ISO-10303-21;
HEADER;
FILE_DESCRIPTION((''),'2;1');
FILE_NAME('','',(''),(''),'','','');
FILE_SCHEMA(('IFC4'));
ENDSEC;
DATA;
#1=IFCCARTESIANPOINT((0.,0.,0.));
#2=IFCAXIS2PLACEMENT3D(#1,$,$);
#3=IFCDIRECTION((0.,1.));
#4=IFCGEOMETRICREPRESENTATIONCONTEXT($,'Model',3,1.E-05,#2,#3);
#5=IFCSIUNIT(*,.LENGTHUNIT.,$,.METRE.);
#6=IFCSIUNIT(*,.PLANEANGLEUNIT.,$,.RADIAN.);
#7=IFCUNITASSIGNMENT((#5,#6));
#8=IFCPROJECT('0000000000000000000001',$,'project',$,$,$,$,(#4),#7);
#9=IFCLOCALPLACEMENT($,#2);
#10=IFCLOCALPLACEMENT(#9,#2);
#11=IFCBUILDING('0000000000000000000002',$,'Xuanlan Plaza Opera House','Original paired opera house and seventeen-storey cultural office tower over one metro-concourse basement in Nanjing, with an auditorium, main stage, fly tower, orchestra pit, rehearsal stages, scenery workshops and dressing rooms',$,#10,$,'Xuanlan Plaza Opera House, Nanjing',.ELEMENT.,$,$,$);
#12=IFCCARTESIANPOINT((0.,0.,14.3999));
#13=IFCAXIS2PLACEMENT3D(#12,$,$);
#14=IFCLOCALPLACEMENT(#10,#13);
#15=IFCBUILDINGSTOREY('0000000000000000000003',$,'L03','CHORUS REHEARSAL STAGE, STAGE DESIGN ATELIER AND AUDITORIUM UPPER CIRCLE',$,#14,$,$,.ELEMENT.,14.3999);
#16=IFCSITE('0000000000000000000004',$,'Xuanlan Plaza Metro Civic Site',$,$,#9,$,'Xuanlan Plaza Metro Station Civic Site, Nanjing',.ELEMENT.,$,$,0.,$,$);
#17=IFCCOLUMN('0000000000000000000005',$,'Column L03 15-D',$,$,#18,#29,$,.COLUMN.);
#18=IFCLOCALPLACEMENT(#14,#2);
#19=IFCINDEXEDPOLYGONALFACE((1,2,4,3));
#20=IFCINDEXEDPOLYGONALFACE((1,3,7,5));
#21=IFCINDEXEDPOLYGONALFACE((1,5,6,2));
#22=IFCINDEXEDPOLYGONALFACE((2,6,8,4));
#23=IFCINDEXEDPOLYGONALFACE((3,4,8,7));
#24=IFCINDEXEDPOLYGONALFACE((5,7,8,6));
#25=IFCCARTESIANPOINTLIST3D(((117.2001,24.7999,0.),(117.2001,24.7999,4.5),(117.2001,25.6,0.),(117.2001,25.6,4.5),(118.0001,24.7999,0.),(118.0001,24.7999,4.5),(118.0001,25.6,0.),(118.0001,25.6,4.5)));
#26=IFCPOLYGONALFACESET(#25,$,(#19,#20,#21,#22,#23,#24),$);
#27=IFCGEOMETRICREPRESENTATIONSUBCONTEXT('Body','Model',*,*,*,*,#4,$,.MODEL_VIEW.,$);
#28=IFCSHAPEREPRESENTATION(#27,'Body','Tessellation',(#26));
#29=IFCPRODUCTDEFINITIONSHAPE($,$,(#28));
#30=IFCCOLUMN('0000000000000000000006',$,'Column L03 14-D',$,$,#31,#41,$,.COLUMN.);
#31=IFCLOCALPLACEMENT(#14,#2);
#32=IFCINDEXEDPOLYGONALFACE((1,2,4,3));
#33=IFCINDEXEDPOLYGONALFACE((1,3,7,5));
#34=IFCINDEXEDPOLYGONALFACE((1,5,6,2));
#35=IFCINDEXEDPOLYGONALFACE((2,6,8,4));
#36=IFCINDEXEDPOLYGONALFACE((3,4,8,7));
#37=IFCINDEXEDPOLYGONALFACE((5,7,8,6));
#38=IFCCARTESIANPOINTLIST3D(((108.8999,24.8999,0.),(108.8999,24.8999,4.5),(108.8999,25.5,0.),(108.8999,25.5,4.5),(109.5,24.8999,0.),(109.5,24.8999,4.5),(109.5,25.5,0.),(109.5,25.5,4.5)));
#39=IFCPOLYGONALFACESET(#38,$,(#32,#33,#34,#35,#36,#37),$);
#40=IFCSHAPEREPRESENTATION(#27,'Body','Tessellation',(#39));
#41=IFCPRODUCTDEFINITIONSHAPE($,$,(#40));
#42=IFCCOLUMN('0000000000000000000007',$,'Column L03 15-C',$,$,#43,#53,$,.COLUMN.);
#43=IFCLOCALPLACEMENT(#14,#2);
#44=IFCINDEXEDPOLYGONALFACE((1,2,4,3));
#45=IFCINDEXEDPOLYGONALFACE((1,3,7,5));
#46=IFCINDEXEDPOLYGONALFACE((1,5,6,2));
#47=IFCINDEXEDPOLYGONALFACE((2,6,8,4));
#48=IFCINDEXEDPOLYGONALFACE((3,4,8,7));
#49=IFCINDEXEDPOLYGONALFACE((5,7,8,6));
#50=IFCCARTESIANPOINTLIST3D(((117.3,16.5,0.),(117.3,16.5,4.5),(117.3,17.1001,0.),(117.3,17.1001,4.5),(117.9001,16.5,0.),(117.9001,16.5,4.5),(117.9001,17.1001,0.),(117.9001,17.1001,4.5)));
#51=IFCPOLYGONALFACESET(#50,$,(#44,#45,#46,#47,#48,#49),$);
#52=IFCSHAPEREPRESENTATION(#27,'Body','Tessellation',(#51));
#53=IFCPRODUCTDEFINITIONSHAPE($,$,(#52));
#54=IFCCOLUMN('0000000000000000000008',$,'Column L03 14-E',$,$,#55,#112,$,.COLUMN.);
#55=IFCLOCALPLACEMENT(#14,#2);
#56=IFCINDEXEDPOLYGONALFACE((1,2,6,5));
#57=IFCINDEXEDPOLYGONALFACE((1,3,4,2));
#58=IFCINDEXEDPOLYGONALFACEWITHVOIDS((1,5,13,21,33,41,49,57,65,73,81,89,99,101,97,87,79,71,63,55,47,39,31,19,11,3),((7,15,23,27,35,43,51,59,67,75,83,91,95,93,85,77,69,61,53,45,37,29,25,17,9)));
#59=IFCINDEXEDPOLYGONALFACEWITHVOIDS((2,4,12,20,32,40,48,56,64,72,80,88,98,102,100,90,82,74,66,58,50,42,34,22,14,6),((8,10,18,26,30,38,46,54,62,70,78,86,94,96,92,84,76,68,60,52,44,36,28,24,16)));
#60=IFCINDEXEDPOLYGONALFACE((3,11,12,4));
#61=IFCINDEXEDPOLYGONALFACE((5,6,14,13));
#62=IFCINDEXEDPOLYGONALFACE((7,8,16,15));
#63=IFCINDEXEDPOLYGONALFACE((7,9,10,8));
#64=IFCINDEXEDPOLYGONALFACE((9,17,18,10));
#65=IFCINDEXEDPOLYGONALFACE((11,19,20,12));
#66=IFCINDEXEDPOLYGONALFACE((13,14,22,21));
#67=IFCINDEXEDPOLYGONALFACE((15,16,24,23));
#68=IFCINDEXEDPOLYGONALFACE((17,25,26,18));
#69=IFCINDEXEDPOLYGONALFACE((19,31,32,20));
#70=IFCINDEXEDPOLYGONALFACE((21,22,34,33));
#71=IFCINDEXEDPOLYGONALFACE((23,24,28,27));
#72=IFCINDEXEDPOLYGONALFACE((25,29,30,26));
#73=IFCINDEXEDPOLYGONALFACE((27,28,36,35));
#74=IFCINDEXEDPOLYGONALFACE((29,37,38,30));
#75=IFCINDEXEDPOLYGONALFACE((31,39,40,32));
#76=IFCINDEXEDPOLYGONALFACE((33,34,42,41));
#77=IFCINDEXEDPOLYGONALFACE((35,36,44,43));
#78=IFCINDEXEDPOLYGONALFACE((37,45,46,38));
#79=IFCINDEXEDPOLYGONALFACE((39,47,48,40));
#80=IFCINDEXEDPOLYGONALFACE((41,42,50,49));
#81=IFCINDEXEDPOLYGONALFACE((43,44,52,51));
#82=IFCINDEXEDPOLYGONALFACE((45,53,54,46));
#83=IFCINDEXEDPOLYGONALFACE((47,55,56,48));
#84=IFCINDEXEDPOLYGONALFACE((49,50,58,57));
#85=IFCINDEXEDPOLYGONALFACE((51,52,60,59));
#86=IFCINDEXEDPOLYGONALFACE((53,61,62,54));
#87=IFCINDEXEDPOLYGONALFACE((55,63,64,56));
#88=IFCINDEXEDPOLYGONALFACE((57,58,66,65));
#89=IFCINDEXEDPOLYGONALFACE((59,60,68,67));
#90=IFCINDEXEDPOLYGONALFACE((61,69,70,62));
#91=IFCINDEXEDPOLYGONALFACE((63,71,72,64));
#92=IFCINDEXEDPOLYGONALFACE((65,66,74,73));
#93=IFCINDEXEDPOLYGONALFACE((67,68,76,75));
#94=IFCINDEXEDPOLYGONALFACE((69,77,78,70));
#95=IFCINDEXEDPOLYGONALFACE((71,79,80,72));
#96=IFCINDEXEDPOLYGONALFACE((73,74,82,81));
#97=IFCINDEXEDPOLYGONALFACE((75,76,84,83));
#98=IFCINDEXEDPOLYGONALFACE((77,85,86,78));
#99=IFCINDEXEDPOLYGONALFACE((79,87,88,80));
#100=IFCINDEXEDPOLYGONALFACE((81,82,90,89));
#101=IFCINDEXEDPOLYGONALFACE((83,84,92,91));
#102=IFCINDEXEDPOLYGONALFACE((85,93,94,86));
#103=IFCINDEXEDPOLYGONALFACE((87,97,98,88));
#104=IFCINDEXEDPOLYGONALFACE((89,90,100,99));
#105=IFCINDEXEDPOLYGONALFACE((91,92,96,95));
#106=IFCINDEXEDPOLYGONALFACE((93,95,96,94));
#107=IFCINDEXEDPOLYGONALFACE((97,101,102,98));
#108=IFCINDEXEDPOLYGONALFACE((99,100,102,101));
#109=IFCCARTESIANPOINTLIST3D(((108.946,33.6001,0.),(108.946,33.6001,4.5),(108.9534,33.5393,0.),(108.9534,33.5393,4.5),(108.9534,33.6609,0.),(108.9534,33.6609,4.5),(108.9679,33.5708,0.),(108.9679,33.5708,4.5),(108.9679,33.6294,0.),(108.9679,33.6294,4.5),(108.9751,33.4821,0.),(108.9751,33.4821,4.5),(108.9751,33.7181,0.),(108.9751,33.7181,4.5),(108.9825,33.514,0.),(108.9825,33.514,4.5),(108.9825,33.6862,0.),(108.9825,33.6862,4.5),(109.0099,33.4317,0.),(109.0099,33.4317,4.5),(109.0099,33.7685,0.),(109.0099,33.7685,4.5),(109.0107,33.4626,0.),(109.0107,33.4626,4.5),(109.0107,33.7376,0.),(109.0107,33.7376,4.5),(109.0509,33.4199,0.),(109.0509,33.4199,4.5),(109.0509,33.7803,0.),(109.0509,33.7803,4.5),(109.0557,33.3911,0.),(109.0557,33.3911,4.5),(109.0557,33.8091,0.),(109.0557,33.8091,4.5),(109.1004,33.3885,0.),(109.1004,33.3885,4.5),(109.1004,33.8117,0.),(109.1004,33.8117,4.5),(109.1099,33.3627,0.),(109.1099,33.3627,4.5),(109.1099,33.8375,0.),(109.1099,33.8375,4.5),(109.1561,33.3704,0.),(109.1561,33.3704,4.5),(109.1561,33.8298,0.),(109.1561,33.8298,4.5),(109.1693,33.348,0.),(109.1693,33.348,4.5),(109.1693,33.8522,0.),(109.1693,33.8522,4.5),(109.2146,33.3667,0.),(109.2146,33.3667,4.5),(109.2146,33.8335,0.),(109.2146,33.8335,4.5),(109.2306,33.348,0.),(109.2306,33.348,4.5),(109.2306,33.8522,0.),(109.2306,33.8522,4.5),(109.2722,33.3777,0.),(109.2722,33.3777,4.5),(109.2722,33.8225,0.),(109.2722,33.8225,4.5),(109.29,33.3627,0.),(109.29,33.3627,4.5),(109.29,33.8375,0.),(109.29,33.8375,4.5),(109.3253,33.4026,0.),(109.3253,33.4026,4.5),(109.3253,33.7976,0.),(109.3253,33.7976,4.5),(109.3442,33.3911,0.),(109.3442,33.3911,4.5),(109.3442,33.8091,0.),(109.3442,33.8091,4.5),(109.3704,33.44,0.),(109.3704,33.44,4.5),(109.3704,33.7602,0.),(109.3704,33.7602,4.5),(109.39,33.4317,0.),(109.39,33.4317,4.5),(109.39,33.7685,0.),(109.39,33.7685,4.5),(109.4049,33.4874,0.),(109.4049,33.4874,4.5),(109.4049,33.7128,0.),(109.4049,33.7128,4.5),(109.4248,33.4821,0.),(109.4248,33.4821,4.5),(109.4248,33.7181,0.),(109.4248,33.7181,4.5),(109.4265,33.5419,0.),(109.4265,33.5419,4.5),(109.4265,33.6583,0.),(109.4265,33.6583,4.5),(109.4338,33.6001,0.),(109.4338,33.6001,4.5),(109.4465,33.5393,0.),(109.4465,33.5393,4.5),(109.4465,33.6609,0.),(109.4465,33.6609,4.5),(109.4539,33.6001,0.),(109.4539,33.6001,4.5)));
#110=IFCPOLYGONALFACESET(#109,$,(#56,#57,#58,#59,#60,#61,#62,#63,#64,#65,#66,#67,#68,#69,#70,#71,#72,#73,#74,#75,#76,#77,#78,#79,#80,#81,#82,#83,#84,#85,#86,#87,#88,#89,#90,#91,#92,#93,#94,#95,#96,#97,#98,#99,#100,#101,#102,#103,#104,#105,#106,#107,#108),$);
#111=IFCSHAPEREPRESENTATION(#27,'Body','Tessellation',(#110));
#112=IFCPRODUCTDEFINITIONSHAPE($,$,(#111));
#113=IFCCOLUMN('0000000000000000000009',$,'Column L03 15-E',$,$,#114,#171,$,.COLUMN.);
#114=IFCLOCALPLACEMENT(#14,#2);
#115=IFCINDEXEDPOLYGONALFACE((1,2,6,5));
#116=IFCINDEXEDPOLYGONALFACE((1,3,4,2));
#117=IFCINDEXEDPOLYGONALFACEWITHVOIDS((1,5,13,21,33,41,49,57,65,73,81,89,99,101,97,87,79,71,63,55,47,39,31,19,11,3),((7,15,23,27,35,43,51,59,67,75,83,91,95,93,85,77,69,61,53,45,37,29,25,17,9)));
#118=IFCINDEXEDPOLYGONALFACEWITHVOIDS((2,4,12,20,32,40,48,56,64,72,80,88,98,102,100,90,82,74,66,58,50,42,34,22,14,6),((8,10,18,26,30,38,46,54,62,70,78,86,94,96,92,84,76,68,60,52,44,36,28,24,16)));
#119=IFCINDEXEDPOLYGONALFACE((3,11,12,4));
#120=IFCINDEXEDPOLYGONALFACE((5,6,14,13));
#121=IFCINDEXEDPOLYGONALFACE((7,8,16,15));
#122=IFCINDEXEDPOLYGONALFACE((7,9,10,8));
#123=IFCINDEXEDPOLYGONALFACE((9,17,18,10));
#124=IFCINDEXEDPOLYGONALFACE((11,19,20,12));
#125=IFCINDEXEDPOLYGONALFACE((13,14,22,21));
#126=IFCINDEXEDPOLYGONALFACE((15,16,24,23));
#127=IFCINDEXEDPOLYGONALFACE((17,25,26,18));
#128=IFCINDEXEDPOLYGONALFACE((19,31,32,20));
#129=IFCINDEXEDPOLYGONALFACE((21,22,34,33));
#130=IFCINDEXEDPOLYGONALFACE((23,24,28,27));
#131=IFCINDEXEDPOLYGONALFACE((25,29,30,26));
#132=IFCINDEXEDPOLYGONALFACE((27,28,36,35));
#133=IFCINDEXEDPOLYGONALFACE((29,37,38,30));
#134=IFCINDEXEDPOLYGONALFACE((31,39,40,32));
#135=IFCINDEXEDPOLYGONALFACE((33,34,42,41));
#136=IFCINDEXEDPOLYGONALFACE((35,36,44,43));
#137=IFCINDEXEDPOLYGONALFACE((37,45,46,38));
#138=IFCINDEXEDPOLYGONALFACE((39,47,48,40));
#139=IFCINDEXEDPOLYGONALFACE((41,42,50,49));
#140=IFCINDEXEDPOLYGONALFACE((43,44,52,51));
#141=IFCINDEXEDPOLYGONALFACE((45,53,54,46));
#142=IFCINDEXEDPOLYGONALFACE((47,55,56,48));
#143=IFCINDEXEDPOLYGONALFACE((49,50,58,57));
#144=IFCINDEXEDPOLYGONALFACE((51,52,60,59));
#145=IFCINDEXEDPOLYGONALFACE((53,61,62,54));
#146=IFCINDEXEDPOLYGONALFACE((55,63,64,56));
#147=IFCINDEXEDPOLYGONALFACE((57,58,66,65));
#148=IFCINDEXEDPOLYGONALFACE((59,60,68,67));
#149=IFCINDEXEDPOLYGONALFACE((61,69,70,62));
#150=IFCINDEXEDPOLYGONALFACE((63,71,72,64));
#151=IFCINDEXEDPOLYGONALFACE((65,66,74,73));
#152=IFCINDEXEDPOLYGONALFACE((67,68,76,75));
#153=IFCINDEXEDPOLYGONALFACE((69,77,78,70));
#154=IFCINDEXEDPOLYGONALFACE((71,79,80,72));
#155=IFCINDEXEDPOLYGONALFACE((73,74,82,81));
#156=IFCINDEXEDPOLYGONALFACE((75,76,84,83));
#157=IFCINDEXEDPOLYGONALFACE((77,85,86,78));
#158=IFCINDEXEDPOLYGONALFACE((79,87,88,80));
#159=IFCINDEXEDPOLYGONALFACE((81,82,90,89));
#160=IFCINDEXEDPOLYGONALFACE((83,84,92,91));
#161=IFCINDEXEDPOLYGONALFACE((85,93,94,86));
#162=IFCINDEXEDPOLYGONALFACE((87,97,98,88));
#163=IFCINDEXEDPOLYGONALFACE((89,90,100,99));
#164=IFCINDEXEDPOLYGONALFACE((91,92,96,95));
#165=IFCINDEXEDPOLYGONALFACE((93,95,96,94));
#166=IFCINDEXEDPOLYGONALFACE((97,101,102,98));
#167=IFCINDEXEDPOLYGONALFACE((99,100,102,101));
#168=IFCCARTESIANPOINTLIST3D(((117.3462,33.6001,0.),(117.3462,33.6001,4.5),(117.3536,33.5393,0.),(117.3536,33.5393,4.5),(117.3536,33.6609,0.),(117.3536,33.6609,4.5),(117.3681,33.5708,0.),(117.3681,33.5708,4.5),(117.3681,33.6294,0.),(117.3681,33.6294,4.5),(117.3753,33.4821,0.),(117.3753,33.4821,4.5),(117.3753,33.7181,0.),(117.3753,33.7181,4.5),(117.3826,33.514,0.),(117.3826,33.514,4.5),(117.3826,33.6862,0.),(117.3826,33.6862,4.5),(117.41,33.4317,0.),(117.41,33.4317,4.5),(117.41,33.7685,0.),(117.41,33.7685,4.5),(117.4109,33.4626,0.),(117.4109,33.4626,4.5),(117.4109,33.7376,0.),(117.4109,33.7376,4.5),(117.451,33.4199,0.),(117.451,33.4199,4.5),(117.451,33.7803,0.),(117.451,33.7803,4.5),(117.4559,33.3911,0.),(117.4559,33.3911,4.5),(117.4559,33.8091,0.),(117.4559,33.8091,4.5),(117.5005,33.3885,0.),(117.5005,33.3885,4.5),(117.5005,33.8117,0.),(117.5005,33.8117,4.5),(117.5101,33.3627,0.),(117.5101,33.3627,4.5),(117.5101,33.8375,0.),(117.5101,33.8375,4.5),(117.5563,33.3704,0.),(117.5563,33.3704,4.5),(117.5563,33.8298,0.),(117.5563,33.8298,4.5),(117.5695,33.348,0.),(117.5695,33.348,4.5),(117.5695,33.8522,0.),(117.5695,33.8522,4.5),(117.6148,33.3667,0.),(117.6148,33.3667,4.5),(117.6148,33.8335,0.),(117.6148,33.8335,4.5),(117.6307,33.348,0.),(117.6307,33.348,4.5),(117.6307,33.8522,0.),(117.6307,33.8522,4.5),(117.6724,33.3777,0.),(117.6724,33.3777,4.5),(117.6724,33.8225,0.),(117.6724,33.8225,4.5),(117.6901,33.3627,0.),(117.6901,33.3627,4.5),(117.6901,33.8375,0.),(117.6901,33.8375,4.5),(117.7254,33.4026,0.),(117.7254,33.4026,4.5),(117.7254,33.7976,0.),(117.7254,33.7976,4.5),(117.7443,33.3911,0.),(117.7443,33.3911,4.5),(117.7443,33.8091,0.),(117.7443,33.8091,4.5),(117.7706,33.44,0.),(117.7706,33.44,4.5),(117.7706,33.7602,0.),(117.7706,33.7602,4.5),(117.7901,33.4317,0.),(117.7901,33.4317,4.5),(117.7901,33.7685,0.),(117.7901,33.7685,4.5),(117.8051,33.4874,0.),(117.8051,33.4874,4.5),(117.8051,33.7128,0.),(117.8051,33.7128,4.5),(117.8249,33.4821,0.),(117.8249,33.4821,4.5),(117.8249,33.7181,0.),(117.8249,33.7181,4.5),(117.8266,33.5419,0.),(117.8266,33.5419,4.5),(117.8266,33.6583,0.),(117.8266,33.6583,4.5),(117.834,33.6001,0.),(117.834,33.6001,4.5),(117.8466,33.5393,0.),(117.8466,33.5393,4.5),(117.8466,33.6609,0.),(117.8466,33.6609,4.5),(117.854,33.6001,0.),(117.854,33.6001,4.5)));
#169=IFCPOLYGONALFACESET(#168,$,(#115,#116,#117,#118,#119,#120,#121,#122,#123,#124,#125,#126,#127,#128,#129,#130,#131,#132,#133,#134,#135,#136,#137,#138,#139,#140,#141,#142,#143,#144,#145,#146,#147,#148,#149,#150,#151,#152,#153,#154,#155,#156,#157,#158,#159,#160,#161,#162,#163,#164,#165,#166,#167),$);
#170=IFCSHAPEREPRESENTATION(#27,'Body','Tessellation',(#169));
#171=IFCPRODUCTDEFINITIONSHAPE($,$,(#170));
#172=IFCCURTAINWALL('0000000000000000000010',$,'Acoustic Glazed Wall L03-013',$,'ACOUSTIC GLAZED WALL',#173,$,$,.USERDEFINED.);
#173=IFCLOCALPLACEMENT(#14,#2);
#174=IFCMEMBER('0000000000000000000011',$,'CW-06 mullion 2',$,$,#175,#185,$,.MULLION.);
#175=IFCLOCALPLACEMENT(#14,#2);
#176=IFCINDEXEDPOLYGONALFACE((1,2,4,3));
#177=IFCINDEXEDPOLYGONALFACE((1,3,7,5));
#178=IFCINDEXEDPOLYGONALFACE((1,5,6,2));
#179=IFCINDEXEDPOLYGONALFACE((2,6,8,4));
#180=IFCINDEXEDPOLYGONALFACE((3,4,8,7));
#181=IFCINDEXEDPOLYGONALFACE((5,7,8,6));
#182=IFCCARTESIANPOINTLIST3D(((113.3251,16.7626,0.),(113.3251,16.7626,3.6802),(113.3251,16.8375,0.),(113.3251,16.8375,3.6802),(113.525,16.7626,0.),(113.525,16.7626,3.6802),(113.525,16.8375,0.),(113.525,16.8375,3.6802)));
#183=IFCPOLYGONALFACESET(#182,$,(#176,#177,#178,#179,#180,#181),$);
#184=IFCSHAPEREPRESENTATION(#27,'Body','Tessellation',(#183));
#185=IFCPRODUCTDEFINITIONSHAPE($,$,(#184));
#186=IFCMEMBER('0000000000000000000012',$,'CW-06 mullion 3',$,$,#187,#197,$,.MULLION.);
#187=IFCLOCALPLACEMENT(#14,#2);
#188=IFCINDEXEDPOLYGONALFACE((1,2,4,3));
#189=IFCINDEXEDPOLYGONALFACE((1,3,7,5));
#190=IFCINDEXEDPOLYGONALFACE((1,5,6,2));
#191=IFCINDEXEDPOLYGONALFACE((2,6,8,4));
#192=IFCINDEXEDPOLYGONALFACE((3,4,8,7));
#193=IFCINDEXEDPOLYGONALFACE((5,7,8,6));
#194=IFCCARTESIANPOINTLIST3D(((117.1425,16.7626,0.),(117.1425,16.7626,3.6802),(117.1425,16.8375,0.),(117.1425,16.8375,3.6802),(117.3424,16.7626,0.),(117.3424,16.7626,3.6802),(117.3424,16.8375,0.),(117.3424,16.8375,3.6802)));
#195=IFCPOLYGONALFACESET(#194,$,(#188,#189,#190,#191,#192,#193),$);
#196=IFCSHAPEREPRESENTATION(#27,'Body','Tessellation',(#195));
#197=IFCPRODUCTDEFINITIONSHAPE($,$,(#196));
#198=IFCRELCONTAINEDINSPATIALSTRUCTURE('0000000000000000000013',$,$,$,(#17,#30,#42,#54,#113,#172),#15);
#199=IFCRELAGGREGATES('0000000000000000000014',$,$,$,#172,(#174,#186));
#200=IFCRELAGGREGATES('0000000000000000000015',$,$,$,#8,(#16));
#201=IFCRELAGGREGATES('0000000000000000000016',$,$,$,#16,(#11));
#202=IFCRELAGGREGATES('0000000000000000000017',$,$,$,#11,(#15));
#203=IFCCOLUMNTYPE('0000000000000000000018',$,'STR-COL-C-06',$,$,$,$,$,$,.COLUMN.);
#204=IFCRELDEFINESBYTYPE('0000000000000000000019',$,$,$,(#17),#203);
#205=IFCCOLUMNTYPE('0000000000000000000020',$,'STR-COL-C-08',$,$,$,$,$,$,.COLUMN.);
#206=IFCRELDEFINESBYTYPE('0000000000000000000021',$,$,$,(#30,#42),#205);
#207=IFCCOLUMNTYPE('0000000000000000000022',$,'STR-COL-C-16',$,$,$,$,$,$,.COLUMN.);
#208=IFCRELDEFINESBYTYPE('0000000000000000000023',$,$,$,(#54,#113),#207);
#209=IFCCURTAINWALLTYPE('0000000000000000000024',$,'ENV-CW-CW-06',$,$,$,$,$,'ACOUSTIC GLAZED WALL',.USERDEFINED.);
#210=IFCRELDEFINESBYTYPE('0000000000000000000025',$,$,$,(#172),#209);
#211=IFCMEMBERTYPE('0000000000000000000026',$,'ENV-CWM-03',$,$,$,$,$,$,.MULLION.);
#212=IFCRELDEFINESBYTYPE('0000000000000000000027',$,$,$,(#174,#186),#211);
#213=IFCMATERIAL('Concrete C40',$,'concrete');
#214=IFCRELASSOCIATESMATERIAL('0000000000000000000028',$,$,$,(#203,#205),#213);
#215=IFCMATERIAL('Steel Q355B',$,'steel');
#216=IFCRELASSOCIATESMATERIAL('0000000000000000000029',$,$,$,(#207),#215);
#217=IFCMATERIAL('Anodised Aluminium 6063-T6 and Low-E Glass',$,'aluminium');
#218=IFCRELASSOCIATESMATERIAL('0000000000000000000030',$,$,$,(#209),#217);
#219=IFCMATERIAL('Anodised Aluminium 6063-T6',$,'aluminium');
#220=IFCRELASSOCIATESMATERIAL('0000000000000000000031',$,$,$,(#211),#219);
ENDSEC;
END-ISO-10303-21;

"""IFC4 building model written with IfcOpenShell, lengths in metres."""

from ifc_helpers import new_model, si_unit, direction, frame, origin, origin_2d, place, context, subcontext, project, spatial, rectangle, hollow_circle, extrude, material, material_profile, profile_set, type_object, element, aggregate, save


model = new_model("IFC4")

# Units and contexts
model_context = context("Model", 3, precision=1e-05, world=origin(), true_north=direction((0.0, 1.0)))
body_context = subcontext(model_context, "Body", "Model", "MODEL_VIEW")
ifc_project = project(units=[si_unit("LENGTHUNIT", "METRE"), si_unit("PLANEANGLEUNIT", "RADIAN")], contexts=[model_context])

# Site, building, storey
site_placement = place(None, origin())
site = spatial("IfcSite", under=ifc_project, at=site_placement, Name="Xuanlan Plaza Metro Civic Site", LongName="Xuanlan Plaza Metro Station Civic Site, Nanjing", CompositionType="ELEMENT", RefElevation=0.0)
building_placement = place(site_placement, origin())
building = spatial("IfcBuilding", under=site, at=building_placement, Name="Xuanlan Plaza Opera House", Description="Original paired opera house and seventeen-storey cultural office tower over one metro-concourse basement in Nanjing, with an auditorium, main stage, fly tower, orchestra pit, rehearsal stages, scenery workshops and dressing rooms", LongName="Xuanlan Plaza Opera House, Nanjing", CompositionType="ELEMENT")
storey_placement = place(building_placement, frame((0.0, 0.0, 14.3999)))
storey = spatial("IfcBuildingStorey", under=building, at=storey_placement, Name="L03", Description="CHORUS REHEARSAL STAGE, STAGE DESIGN ATELIER AND AUDITORIUM UPPER CIRCLE", CompositionType="ELEMENT", Elevation=14.3999)

# Columns
ifc_material_1 = material(Name="Concrete C40", Category="concrete")
ifc_material_profile_1 = material_profile(ifc_material_1, rectangle(XDim=0.8, YDim=0.8, at=origin_2d()), Name="RC-COL 800x800")
ifc_profile_set_1 = profile_set([ifc_material_profile_1], Name="Concrete C40")
column_type_1 = type_object("IfcColumnType", Name="STR-COL-C-06", PredefinedType="COLUMN", material=ifc_profile_set_1)
column_placement = place(storey_placement, frame((117.6001, 25.2, 0.0), z_axis=(0.0, 0.0, 1.0), x_axis=(1.0, 0.0, 0.0)))
element("IfcColumn", 1, at=column_placement, inside=storey, type_object=column_type_1, Name="Column L03 15-D", PredefinedType="COLUMN", context=body_context, shape_type="SweptSolid", body=[
    extrude(rectangle(XDim=0.8, YDim=0.8, at=origin_2d()), origin(), (0.0, 0.0, 1.0), 4.5),
])
ifc_material_profile_2 = material_profile(ifc_material_1, rectangle(XDim=0.6001, YDim=0.6001, at=origin_2d()), Name="RC-COL 600x600")
ifc_profile_set_2 = profile_set([ifc_material_profile_2], Name="Concrete C40")
column_type_2 = type_object("IfcColumnType", Name="STR-COL-C-08", PredefinedType="COLUMN", material=ifc_profile_set_2)
for number, where, z_axis, x_axis, name in (
    (2, (109.2, 25.2, 0.0), (0.0, 0.0, 1.0), (1.0, 0.0, 0.0), "Column L03 14-D"),
    (3, (117.6001, 16.8, 0.0), (0.0, 0.0, 1.0), (1.0, 0.0, 0.0), "Column L03 15-C"),
):
    element("IfcColumn", number, at=place(storey_placement, frame(where, z_axis=z_axis, x_axis=x_axis)), inside=storey, type_object=column_type_2, Name=name, PredefinedType="COLUMN", context=body_context, shape_type="SweptSolid", body=[
        extrude(rectangle(XDim=0.6001, YDim=0.6001, at=origin_2d()), origin(), (0.0, 0.0, 1.0), 4.5),
    ])
ifc_material_2 = material(Name="Steel Q355B", Category="steel")
ifc_material_profile_3 = material_profile(ifc_material_2, hollow_circle(Radius=0.2539, WallThickness=0.02, at=origin_2d()), Name="CHS 508x20")
ifc_profile_set_3 = profile_set([ifc_material_profile_3], Name="Steel Q355B")
column_type_3 = type_object("IfcColumnType", Name="STR-COL-C-16", PredefinedType="COLUMN", material=ifc_profile_set_3)
for number, where, z_axis, x_axis, name in (
    (4, (109.2, 33.6001, 0.0), (0.0, 0.0, 1.0), (1.0, 0.0, 0.0), "Column L03 14-E"),
    (5, (117.6001, 33.6001, 0.0), (0.0, 0.0, 1.0), (1.0, 0.0, 0.0), "Column L03 15-E"),
):
    element("IfcColumn", number, at=place(storey_placement, frame(where, z_axis=z_axis, x_axis=x_axis)), inside=storey, type_object=column_type_3, Name=name, PredefinedType="COLUMN", context=body_context, shape_type="SweptSolid", body=[
        extrude(hollow_circle(Radius=0.2539, WallThickness=0.02, at=origin_2d()), origin(), (0.0, 0.0, 1.0), 4.5),
    ])

# Curtain wall, members
ifc_material_3 = material(Name="Anodised Aluminium 6063-T6 and Low-E Glass", Category="aluminium")
curtain_wall_type_1 = type_object("IfcCurtainWallType", Name="ENV-CW-CW-06", ElementType="ACOUSTIC GLAZED WALL", PredefinedType="USERDEFINED", material=ifc_material_3)
curtain_wall_1_placement = place(storey_placement, origin())
curtain_wall_1 = element("IfcCurtainWall", 6, at=curtain_wall_1_placement, inside=storey, type_object=curtain_wall_type_1, Name="Acoustic Glazed Wall L03-013", ObjectType="ACOUSTIC GLAZED WALL", PredefinedType="USERDEFINED")
ifc_material_4 = material(Name="Anodised Aluminium 6063-T6", Category="aluminium")
ifc_material_profile_4 = material_profile(ifc_material_4, rectangle(XDim=0.075, YDim=0.2, at=origin_2d()), Name="ALU-M 75x200")
ifc_profile_set_4 = profile_set([ifc_material_profile_4], Name="Anodised Aluminium 6063-T6")
member_type_1 = type_object("IfcMemberType", Name="ENV-CWM-03", PredefinedType="MULLION", material=ifc_profile_set_4)
member_1_placement = place(storey_placement, frame((113.425, 16.8, 0.0), z_axis=(0.0, 0.0, 1.0), x_axis=(0.0, 1.0, 0.0)))
member_1 = element("IfcMember", 7, at=member_1_placement, type_object=member_type_1, Name="CW-06 mullion 2", PredefinedType="MULLION", context=body_context, shape_type="SweptSolid", body=[
    extrude(rectangle(XDim=0.075, YDim=0.2, at=origin_2d()), origin(), (0.0, 0.0, 1.0), 3.6802),
])
member_2_placement = place(storey_placement, frame((117.2424, 16.8, 0.0), z_axis=(0.0, 0.0, 1.0), x_axis=(0.0, 1.0, 0.0)))
member_2 = element("IfcMember", 8, at=member_2_placement, type_object=member_type_1, Name="CW-06 mullion 3", PredefinedType="MULLION", context=body_context, shape_type="SweptSolid", body=[
    extrude(rectangle(XDim=0.075, YDim=0.2, at=origin_2d()), origin(), (0.0, 0.0, 1.0), 3.6802),
])

aggregate(curtain_wall_1, [member_1, member_2])

save(model, "model.ifc")
